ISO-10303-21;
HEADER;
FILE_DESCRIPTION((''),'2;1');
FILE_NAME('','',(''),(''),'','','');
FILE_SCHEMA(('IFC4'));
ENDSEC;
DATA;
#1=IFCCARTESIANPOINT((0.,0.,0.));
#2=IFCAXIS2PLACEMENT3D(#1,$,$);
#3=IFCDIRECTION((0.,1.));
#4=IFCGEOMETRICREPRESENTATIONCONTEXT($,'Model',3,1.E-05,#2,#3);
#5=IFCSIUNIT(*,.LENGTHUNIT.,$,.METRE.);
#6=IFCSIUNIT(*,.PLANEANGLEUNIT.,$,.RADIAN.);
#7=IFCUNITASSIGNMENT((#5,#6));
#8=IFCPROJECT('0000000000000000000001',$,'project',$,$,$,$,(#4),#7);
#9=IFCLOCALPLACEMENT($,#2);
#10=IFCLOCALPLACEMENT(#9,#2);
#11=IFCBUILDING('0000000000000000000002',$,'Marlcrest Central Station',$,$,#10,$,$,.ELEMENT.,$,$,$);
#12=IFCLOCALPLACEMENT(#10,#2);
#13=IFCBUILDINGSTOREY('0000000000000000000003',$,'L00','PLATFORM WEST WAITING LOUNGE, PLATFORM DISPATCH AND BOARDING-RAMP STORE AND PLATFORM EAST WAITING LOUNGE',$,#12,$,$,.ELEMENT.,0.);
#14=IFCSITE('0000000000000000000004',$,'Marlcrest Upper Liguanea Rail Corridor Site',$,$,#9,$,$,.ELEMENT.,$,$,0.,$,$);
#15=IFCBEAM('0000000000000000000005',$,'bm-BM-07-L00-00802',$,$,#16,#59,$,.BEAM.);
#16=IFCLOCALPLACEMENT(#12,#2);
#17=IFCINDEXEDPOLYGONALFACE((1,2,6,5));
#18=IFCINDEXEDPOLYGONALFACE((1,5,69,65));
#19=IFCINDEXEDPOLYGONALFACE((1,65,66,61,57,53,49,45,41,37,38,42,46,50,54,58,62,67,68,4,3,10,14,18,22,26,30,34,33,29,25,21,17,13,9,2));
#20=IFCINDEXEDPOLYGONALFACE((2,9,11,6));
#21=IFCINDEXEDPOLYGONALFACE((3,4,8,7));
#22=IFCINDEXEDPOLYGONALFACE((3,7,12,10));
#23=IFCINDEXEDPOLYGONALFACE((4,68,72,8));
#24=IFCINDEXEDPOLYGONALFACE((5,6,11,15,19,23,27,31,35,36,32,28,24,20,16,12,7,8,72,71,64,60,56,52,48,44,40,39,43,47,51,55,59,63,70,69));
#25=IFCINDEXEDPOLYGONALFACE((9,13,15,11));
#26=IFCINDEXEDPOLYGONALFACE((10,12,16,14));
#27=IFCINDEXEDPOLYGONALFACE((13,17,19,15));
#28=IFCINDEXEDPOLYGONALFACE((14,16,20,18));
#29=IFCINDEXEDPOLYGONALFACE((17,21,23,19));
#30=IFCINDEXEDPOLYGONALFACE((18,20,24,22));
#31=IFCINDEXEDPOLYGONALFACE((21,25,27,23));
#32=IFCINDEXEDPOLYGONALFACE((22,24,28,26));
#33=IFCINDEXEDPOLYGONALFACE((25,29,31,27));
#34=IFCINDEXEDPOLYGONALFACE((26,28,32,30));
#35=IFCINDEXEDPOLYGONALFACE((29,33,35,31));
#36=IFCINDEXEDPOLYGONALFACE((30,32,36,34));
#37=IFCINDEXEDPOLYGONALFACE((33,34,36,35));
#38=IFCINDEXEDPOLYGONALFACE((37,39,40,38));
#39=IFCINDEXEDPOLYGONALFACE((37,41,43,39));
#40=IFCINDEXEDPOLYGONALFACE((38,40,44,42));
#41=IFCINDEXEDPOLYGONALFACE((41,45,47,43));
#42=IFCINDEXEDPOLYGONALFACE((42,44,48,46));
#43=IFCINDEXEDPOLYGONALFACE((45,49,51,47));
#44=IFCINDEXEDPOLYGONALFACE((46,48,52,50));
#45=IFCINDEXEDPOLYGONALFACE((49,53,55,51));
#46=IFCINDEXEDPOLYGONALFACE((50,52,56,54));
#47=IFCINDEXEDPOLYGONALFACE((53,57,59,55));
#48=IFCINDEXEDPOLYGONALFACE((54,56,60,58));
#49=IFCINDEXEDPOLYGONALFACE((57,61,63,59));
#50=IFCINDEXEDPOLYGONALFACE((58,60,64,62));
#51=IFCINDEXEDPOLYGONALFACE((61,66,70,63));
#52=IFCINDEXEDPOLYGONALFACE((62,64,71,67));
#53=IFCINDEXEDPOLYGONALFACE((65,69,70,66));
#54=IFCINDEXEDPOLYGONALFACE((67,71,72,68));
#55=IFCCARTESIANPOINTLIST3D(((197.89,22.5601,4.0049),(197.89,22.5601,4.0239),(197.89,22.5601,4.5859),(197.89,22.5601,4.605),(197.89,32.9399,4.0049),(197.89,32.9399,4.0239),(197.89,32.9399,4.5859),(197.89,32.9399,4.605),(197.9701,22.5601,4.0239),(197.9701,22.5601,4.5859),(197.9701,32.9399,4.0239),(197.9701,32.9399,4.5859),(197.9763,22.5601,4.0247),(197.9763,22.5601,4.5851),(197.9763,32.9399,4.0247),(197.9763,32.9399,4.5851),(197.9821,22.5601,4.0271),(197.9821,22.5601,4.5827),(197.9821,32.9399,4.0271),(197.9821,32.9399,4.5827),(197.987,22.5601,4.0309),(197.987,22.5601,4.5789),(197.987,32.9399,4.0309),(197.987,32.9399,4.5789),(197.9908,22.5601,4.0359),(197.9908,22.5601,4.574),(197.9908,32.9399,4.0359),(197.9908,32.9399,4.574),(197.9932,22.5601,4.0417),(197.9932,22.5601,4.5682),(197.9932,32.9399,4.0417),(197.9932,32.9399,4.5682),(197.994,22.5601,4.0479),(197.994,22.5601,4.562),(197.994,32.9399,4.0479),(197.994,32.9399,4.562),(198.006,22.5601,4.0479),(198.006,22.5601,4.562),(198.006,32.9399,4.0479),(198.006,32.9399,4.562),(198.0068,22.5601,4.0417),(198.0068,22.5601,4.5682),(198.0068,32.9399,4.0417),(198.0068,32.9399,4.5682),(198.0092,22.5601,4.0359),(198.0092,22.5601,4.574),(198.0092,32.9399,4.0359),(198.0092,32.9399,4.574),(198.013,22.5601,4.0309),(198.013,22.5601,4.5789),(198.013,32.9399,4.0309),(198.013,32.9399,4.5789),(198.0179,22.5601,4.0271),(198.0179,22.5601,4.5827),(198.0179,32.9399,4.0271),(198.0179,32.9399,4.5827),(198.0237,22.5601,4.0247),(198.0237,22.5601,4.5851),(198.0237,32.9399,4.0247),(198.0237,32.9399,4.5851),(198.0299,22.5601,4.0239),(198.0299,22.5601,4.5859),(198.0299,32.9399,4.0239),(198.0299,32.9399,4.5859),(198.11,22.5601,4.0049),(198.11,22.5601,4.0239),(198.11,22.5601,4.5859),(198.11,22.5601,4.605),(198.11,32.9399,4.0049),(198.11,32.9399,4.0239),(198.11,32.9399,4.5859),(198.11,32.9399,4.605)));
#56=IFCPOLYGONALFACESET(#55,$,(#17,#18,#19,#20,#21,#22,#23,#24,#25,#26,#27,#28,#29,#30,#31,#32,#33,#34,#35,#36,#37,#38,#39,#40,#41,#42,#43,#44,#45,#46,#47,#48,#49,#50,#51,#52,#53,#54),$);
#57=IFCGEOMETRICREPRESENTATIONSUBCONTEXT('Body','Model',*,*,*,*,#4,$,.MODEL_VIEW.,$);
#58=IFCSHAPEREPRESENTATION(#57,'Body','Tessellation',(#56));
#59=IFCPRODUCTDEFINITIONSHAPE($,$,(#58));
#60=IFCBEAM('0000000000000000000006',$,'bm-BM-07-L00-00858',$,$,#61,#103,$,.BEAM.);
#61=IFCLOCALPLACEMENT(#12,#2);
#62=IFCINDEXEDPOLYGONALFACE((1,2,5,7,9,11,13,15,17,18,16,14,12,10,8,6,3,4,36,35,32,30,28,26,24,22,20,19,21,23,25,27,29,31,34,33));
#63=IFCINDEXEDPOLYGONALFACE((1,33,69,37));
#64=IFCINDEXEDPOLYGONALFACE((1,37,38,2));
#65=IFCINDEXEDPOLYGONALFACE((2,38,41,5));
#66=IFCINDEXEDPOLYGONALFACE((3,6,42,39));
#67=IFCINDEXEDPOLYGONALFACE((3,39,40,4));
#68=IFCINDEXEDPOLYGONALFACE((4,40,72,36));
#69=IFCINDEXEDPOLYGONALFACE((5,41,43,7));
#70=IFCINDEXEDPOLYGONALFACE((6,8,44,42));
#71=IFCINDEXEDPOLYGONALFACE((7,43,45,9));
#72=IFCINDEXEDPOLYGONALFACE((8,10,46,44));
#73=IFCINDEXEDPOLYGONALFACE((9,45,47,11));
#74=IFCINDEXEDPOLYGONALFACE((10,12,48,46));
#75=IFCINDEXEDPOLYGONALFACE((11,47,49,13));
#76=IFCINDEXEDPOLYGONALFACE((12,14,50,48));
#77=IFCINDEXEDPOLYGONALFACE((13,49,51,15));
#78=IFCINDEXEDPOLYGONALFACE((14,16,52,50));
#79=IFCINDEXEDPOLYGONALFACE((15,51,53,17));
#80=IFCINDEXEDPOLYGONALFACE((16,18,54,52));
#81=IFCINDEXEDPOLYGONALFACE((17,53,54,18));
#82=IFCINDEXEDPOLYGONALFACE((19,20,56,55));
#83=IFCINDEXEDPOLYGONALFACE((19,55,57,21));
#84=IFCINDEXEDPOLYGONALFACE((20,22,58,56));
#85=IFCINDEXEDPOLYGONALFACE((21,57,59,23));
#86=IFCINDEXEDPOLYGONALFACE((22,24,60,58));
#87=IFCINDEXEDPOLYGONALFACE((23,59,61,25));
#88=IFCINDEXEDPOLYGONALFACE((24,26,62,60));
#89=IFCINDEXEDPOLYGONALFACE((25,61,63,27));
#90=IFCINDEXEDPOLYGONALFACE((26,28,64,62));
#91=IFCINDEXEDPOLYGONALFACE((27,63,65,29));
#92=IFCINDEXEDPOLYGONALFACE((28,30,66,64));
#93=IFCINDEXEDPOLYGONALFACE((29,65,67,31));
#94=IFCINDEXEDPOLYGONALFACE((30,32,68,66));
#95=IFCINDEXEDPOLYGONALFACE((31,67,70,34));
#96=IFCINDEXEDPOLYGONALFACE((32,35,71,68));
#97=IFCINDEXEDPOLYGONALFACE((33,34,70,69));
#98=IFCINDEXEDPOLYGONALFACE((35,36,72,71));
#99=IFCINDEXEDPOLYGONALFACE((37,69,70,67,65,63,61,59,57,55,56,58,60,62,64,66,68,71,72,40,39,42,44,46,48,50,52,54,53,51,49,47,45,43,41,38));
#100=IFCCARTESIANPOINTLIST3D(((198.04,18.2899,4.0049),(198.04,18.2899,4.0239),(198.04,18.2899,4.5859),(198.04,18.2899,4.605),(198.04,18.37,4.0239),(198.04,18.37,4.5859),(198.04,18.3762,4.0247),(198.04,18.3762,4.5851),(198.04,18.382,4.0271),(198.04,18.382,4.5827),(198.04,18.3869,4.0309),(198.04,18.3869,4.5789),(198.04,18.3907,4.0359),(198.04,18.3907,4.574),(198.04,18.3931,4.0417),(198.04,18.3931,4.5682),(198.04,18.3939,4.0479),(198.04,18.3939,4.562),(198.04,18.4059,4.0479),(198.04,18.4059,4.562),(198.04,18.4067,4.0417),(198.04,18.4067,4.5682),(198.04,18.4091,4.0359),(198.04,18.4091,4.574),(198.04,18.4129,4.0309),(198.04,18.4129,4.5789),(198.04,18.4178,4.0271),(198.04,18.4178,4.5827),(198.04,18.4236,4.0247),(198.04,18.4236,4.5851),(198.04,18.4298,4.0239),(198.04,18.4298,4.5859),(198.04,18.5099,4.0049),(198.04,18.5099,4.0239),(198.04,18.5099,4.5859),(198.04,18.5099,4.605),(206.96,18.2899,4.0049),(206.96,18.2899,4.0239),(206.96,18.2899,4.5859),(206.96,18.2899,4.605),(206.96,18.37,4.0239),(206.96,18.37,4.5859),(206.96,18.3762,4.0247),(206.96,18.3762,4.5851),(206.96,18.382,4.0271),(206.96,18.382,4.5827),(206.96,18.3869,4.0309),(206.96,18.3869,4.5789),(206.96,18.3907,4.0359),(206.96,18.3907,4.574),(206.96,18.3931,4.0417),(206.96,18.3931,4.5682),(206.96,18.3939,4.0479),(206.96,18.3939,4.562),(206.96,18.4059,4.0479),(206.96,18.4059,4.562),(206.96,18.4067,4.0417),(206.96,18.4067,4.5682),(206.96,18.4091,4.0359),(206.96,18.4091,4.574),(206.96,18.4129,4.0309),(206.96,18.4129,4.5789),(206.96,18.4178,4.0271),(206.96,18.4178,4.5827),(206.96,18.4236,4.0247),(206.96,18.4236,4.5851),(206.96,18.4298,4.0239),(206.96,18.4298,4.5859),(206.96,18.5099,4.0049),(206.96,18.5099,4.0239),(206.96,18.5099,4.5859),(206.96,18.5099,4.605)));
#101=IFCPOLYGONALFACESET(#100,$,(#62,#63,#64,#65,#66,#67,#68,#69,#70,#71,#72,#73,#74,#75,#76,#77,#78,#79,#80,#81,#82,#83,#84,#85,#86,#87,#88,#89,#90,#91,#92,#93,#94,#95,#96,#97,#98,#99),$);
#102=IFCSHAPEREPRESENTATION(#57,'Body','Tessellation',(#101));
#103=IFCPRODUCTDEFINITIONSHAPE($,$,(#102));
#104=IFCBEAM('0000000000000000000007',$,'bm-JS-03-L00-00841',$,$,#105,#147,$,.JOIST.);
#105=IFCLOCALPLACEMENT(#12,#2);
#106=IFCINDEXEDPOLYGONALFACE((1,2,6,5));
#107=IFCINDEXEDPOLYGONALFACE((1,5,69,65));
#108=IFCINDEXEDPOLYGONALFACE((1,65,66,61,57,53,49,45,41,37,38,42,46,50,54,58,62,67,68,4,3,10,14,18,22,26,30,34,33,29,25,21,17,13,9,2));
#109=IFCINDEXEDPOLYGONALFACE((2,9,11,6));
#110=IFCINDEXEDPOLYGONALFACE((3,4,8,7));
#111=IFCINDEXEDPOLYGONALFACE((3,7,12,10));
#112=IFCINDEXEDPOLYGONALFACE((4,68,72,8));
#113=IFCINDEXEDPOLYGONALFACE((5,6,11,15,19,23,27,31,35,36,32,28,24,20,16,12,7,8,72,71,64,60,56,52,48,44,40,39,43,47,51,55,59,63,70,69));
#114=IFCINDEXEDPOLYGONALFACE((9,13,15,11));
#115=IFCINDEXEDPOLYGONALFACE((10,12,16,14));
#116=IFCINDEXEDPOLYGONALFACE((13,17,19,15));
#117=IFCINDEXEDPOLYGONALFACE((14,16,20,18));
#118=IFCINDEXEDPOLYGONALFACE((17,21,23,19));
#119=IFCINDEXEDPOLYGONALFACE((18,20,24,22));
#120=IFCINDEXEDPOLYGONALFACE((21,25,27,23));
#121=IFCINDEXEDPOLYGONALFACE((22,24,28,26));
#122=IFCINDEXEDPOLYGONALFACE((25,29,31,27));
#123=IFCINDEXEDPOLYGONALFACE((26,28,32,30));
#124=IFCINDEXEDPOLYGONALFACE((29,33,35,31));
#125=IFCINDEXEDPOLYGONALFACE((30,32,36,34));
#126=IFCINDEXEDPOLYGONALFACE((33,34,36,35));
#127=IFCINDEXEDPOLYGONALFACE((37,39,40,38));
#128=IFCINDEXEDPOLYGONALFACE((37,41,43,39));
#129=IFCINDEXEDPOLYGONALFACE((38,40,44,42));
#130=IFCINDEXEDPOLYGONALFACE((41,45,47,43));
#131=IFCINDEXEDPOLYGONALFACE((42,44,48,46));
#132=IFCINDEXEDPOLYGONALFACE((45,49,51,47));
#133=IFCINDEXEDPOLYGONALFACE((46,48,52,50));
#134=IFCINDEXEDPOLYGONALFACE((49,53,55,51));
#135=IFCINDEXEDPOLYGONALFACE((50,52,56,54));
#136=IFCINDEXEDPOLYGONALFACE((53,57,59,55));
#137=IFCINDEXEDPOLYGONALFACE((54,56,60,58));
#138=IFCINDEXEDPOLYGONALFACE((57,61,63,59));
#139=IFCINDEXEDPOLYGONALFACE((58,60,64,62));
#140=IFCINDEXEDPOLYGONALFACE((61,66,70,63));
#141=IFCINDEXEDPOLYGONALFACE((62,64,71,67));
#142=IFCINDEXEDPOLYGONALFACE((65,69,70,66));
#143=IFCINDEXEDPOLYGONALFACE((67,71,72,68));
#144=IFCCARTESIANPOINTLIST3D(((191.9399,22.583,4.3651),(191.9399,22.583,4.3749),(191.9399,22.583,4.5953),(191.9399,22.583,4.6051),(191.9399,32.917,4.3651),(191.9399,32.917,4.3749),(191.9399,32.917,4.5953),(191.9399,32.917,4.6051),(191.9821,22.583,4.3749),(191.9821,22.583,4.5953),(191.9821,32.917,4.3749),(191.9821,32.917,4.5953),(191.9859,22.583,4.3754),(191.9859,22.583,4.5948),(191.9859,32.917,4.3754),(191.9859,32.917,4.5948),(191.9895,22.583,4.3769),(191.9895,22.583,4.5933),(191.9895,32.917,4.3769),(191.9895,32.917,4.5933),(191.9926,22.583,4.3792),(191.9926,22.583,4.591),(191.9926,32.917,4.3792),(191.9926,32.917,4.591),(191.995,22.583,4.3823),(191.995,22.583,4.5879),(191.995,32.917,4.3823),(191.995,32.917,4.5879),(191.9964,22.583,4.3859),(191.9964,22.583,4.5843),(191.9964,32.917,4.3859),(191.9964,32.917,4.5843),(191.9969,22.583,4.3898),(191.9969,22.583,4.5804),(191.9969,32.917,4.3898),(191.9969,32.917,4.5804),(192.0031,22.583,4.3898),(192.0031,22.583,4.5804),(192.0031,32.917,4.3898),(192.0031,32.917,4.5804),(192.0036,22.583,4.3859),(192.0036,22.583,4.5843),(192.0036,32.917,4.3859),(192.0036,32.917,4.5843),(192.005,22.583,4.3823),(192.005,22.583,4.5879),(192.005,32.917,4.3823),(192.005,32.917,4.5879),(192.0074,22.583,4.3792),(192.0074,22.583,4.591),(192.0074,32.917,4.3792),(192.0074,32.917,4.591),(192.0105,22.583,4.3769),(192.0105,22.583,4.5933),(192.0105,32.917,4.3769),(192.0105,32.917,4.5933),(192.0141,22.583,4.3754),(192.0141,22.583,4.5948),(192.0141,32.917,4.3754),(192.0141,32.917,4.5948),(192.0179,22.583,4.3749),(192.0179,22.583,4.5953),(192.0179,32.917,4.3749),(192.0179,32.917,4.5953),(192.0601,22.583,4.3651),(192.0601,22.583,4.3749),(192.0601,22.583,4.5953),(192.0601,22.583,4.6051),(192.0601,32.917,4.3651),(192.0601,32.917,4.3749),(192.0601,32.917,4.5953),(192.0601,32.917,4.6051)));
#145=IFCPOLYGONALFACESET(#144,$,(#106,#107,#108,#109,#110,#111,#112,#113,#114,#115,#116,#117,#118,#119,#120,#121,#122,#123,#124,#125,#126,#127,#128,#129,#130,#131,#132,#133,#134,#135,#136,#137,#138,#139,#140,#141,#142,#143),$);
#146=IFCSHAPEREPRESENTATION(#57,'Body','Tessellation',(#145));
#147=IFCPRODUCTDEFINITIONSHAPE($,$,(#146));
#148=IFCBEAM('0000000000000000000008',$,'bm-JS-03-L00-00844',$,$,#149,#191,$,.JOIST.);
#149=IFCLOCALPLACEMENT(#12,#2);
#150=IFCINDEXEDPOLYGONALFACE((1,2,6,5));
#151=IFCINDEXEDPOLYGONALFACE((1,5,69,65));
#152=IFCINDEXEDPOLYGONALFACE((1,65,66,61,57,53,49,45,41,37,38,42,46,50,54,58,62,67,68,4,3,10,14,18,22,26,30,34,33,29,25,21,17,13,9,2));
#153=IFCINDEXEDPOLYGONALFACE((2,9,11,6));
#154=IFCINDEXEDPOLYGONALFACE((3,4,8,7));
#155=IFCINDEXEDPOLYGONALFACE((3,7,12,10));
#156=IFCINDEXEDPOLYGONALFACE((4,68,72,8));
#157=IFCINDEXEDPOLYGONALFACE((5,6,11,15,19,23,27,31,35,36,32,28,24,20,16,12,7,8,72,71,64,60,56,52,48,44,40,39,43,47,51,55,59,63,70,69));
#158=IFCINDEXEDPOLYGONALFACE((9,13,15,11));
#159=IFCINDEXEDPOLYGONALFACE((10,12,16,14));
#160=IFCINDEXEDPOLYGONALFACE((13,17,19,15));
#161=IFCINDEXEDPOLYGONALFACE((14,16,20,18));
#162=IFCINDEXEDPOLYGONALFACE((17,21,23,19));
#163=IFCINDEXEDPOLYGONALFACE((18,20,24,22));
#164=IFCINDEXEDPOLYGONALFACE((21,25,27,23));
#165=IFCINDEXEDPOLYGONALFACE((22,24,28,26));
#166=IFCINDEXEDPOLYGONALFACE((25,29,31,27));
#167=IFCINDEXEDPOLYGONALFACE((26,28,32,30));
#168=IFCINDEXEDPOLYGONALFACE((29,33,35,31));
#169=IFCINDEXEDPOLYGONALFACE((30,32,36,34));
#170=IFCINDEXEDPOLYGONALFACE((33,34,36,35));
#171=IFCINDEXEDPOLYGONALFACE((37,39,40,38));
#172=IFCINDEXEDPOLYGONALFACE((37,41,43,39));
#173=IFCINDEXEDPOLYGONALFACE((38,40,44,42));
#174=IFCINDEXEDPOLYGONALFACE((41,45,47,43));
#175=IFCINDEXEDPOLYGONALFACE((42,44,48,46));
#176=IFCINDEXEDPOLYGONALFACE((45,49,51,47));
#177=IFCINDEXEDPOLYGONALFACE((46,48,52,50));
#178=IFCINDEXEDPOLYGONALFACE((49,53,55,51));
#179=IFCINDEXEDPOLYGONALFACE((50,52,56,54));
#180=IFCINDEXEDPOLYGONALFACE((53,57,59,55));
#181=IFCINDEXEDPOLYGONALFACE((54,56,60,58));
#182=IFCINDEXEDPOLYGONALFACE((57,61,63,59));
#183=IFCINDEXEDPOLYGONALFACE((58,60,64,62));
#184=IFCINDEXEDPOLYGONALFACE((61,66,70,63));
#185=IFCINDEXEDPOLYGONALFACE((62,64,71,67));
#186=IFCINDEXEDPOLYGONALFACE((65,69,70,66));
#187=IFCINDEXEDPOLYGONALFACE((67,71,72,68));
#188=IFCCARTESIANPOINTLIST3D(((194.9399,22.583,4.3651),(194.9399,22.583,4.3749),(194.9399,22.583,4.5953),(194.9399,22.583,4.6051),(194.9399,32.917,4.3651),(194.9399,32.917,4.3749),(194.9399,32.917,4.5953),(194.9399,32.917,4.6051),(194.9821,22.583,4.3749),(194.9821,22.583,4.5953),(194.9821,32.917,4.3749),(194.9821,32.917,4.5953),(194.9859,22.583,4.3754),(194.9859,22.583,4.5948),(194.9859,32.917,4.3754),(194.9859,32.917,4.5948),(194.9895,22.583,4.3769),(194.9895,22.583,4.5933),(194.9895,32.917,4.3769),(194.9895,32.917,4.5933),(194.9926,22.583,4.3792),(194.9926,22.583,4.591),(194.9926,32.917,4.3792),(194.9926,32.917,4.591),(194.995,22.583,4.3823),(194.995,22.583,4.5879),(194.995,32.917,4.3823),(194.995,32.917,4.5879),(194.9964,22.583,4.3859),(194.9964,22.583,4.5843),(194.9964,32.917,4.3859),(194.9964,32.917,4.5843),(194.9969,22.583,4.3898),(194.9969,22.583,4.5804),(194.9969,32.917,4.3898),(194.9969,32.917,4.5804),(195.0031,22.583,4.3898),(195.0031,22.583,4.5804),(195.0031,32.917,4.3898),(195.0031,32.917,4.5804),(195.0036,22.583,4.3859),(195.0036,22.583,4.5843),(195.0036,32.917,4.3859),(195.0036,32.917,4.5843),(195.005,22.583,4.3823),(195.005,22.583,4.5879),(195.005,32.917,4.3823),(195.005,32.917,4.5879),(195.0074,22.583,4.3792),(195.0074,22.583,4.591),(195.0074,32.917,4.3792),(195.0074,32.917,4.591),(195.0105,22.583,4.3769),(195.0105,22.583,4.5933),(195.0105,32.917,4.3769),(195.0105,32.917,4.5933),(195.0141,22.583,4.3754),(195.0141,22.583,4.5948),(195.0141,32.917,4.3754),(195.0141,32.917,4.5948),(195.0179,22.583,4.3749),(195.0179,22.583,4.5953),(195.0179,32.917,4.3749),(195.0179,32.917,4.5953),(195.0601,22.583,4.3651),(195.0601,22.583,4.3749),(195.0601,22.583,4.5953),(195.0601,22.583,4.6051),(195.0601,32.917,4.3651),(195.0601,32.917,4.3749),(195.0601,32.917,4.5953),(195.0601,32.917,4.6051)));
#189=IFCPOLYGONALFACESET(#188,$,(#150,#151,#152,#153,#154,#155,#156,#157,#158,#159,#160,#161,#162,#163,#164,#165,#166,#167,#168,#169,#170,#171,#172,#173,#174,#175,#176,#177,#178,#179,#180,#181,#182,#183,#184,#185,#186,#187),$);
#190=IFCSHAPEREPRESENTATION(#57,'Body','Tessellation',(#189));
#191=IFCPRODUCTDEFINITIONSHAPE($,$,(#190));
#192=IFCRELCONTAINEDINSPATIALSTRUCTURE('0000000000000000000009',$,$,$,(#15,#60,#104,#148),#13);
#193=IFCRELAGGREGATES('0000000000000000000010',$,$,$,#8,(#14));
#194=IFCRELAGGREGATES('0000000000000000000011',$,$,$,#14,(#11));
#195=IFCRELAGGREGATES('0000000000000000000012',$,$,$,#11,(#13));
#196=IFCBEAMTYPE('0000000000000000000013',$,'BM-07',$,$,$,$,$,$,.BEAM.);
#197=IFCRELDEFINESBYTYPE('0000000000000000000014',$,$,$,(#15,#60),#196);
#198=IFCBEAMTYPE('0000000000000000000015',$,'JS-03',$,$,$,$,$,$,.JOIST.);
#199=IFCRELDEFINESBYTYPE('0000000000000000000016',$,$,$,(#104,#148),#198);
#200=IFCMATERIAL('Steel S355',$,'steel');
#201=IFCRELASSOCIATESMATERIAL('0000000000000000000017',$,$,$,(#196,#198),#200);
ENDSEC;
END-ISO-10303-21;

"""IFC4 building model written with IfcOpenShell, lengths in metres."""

from ifc_helpers import new_model, si_unit, direction, frame, origin, origin_2d, place, context, subcontext, project, spatial, i_section, extrude, material, material_profile, profile_set, type_object, element, save


model = new_model("IFC4")

# Units and contexts
model_context = context("Model", 3, precision=1e-05, world=origin(), true_north=direction((0.0, 1.0)))
body_context = subcontext(model_context, "Body", "Model", "MODEL_VIEW")
ifc_project = project(units=[si_unit("LENGTHUNIT", "METRE"), si_unit("PLANEANGLEUNIT", "RADIAN")], contexts=[model_context])

# Site, building, storey
site_placement = place(None, origin())
site = spatial("IfcSite", under=ifc_project, at=site_placement, Name="Marlcrest Upper Liguanea Rail Corridor Site", CompositionType="ELEMENT", RefElevation=0.0)
building_placement = place(site_placement, origin())
building = spatial("IfcBuilding", under=site, at=building_placement, Name="Marlcrest Central Station", CompositionType="ELEMENT")
storey_placement = place(building_placement, origin())
storey = spatial("IfcBuildingStorey", under=building, at=storey_placement, Name="L00", Description="PLATFORM WEST WAITING LOUNGE, PLATFORM DISPATCH AND BOARDING-RAMP STORE AND PLATFORM EAST WAITING LOUNGE", CompositionType="ELEMENT", Elevation=0.0)

# Beams
ifc_material_1 = material(Name="Steel S355", Category="steel")
ifc_material_profile_1 = material_profile(ifc_material_1, i_section(OverallWidth=0.22, OverallDepth=0.6001, WebThickness=0.012, FlangeThickness=0.019, FilletRadius=0.0239, at=origin_2d()), Name="IPE 600")
ifc_profile_set_1 = profile_set([ifc_material_profile_1], Name="Steel S355")
beam_type_1 = type_object("IfcBeamType", Name="BM-07", PredefinedType="BEAM", material=ifc_profile_set_1)
beam_1_placement = place(storey_placement, frame((198.0, 22.5601, 4.3049), z_axis=(0.0, 1.0, 0.0), x_axis=(-1.0, 0.0, 0.0)))
element("IfcBeam", 1, at=beam_1_placement, inside=storey, type_object=beam_type_1, Name="bm-BM-07-L00-00802", PredefinedType="BEAM", context=body_context, shape_type="SweptSolid", body=[
    extrude(i_section(OverallWidth=0.22, OverallDepth=0.6001, WebThickness=0.012, FlangeThickness=0.019, FilletRadius=0.0239, at=origin_2d()), origin(), (0.0, 0.0, 1.0), 10.3799),
])
beam_2_placement = place(storey_placement, frame((198.04, 18.3999, 4.3049), z_axis=(1.0, 0.0, 0.0), x_axis=(0.0, 1.0, 0.0)))
element("IfcBeam", 2, at=beam_2_placement, inside=storey, type_object=beam_type_1, Name="bm-BM-07-L00-00858", PredefinedType="BEAM", context=body_context, shape_type="SweptSolid", body=[
    extrude(i_section(OverallWidth=0.22, OverallDepth=0.6001, WebThickness=0.012, FlangeThickness=0.019, FilletRadius=0.0239, at=origin_2d()), origin(), (0.0, 0.0, 1.0), 8.9199),
])
ifc_material_profile_2 = material_profile(ifc_material_1, i_section(OverallWidth=0.1201, OverallDepth=0.24, WebThickness=0.0061, FlangeThickness=0.0098, FilletRadius=0.0149, at=origin_2d()), Name="IPE 240")
ifc_profile_set_2 = profile_set([ifc_material_profile_2], Name="Steel S355")
beam_type_2 = type_object("IfcBeamType", Name="JS-03", PredefinedType="JOIST", material=ifc_profile_set_2)
for number, where, z_axis, x_axis, name in (
    (3, (192.0, 22.583, 4.4851), (0.0, 1.0, 0.0), (-1.0, 0.0, 0.0), "bm-JS-03-L00-00841"),
    (4, (195.0, 22.583, 4.4851), (0.0, 1.0, 0.0), (-1.0, 0.0, 0.0), "bm-JS-03-L00-00844"),
):
    element("IfcBeam", number, at=place(storey_placement, frame(where, z_axis=z_axis, x_axis=x_axis)), inside=storey, type_object=beam_type_2, Name=name, PredefinedType="JOIST", context=body_context, shape_type="SweptSolid", body=[
        extrude(i_section(OverallWidth=0.1201, OverallDepth=0.24, WebThickness=0.0061, FlangeThickness=0.0098, FilletRadius=0.0149, at=origin_2d()), origin(), (0.0, 0.0, 1.0), 10.334),
    ])

save(model, "model.ifc")
